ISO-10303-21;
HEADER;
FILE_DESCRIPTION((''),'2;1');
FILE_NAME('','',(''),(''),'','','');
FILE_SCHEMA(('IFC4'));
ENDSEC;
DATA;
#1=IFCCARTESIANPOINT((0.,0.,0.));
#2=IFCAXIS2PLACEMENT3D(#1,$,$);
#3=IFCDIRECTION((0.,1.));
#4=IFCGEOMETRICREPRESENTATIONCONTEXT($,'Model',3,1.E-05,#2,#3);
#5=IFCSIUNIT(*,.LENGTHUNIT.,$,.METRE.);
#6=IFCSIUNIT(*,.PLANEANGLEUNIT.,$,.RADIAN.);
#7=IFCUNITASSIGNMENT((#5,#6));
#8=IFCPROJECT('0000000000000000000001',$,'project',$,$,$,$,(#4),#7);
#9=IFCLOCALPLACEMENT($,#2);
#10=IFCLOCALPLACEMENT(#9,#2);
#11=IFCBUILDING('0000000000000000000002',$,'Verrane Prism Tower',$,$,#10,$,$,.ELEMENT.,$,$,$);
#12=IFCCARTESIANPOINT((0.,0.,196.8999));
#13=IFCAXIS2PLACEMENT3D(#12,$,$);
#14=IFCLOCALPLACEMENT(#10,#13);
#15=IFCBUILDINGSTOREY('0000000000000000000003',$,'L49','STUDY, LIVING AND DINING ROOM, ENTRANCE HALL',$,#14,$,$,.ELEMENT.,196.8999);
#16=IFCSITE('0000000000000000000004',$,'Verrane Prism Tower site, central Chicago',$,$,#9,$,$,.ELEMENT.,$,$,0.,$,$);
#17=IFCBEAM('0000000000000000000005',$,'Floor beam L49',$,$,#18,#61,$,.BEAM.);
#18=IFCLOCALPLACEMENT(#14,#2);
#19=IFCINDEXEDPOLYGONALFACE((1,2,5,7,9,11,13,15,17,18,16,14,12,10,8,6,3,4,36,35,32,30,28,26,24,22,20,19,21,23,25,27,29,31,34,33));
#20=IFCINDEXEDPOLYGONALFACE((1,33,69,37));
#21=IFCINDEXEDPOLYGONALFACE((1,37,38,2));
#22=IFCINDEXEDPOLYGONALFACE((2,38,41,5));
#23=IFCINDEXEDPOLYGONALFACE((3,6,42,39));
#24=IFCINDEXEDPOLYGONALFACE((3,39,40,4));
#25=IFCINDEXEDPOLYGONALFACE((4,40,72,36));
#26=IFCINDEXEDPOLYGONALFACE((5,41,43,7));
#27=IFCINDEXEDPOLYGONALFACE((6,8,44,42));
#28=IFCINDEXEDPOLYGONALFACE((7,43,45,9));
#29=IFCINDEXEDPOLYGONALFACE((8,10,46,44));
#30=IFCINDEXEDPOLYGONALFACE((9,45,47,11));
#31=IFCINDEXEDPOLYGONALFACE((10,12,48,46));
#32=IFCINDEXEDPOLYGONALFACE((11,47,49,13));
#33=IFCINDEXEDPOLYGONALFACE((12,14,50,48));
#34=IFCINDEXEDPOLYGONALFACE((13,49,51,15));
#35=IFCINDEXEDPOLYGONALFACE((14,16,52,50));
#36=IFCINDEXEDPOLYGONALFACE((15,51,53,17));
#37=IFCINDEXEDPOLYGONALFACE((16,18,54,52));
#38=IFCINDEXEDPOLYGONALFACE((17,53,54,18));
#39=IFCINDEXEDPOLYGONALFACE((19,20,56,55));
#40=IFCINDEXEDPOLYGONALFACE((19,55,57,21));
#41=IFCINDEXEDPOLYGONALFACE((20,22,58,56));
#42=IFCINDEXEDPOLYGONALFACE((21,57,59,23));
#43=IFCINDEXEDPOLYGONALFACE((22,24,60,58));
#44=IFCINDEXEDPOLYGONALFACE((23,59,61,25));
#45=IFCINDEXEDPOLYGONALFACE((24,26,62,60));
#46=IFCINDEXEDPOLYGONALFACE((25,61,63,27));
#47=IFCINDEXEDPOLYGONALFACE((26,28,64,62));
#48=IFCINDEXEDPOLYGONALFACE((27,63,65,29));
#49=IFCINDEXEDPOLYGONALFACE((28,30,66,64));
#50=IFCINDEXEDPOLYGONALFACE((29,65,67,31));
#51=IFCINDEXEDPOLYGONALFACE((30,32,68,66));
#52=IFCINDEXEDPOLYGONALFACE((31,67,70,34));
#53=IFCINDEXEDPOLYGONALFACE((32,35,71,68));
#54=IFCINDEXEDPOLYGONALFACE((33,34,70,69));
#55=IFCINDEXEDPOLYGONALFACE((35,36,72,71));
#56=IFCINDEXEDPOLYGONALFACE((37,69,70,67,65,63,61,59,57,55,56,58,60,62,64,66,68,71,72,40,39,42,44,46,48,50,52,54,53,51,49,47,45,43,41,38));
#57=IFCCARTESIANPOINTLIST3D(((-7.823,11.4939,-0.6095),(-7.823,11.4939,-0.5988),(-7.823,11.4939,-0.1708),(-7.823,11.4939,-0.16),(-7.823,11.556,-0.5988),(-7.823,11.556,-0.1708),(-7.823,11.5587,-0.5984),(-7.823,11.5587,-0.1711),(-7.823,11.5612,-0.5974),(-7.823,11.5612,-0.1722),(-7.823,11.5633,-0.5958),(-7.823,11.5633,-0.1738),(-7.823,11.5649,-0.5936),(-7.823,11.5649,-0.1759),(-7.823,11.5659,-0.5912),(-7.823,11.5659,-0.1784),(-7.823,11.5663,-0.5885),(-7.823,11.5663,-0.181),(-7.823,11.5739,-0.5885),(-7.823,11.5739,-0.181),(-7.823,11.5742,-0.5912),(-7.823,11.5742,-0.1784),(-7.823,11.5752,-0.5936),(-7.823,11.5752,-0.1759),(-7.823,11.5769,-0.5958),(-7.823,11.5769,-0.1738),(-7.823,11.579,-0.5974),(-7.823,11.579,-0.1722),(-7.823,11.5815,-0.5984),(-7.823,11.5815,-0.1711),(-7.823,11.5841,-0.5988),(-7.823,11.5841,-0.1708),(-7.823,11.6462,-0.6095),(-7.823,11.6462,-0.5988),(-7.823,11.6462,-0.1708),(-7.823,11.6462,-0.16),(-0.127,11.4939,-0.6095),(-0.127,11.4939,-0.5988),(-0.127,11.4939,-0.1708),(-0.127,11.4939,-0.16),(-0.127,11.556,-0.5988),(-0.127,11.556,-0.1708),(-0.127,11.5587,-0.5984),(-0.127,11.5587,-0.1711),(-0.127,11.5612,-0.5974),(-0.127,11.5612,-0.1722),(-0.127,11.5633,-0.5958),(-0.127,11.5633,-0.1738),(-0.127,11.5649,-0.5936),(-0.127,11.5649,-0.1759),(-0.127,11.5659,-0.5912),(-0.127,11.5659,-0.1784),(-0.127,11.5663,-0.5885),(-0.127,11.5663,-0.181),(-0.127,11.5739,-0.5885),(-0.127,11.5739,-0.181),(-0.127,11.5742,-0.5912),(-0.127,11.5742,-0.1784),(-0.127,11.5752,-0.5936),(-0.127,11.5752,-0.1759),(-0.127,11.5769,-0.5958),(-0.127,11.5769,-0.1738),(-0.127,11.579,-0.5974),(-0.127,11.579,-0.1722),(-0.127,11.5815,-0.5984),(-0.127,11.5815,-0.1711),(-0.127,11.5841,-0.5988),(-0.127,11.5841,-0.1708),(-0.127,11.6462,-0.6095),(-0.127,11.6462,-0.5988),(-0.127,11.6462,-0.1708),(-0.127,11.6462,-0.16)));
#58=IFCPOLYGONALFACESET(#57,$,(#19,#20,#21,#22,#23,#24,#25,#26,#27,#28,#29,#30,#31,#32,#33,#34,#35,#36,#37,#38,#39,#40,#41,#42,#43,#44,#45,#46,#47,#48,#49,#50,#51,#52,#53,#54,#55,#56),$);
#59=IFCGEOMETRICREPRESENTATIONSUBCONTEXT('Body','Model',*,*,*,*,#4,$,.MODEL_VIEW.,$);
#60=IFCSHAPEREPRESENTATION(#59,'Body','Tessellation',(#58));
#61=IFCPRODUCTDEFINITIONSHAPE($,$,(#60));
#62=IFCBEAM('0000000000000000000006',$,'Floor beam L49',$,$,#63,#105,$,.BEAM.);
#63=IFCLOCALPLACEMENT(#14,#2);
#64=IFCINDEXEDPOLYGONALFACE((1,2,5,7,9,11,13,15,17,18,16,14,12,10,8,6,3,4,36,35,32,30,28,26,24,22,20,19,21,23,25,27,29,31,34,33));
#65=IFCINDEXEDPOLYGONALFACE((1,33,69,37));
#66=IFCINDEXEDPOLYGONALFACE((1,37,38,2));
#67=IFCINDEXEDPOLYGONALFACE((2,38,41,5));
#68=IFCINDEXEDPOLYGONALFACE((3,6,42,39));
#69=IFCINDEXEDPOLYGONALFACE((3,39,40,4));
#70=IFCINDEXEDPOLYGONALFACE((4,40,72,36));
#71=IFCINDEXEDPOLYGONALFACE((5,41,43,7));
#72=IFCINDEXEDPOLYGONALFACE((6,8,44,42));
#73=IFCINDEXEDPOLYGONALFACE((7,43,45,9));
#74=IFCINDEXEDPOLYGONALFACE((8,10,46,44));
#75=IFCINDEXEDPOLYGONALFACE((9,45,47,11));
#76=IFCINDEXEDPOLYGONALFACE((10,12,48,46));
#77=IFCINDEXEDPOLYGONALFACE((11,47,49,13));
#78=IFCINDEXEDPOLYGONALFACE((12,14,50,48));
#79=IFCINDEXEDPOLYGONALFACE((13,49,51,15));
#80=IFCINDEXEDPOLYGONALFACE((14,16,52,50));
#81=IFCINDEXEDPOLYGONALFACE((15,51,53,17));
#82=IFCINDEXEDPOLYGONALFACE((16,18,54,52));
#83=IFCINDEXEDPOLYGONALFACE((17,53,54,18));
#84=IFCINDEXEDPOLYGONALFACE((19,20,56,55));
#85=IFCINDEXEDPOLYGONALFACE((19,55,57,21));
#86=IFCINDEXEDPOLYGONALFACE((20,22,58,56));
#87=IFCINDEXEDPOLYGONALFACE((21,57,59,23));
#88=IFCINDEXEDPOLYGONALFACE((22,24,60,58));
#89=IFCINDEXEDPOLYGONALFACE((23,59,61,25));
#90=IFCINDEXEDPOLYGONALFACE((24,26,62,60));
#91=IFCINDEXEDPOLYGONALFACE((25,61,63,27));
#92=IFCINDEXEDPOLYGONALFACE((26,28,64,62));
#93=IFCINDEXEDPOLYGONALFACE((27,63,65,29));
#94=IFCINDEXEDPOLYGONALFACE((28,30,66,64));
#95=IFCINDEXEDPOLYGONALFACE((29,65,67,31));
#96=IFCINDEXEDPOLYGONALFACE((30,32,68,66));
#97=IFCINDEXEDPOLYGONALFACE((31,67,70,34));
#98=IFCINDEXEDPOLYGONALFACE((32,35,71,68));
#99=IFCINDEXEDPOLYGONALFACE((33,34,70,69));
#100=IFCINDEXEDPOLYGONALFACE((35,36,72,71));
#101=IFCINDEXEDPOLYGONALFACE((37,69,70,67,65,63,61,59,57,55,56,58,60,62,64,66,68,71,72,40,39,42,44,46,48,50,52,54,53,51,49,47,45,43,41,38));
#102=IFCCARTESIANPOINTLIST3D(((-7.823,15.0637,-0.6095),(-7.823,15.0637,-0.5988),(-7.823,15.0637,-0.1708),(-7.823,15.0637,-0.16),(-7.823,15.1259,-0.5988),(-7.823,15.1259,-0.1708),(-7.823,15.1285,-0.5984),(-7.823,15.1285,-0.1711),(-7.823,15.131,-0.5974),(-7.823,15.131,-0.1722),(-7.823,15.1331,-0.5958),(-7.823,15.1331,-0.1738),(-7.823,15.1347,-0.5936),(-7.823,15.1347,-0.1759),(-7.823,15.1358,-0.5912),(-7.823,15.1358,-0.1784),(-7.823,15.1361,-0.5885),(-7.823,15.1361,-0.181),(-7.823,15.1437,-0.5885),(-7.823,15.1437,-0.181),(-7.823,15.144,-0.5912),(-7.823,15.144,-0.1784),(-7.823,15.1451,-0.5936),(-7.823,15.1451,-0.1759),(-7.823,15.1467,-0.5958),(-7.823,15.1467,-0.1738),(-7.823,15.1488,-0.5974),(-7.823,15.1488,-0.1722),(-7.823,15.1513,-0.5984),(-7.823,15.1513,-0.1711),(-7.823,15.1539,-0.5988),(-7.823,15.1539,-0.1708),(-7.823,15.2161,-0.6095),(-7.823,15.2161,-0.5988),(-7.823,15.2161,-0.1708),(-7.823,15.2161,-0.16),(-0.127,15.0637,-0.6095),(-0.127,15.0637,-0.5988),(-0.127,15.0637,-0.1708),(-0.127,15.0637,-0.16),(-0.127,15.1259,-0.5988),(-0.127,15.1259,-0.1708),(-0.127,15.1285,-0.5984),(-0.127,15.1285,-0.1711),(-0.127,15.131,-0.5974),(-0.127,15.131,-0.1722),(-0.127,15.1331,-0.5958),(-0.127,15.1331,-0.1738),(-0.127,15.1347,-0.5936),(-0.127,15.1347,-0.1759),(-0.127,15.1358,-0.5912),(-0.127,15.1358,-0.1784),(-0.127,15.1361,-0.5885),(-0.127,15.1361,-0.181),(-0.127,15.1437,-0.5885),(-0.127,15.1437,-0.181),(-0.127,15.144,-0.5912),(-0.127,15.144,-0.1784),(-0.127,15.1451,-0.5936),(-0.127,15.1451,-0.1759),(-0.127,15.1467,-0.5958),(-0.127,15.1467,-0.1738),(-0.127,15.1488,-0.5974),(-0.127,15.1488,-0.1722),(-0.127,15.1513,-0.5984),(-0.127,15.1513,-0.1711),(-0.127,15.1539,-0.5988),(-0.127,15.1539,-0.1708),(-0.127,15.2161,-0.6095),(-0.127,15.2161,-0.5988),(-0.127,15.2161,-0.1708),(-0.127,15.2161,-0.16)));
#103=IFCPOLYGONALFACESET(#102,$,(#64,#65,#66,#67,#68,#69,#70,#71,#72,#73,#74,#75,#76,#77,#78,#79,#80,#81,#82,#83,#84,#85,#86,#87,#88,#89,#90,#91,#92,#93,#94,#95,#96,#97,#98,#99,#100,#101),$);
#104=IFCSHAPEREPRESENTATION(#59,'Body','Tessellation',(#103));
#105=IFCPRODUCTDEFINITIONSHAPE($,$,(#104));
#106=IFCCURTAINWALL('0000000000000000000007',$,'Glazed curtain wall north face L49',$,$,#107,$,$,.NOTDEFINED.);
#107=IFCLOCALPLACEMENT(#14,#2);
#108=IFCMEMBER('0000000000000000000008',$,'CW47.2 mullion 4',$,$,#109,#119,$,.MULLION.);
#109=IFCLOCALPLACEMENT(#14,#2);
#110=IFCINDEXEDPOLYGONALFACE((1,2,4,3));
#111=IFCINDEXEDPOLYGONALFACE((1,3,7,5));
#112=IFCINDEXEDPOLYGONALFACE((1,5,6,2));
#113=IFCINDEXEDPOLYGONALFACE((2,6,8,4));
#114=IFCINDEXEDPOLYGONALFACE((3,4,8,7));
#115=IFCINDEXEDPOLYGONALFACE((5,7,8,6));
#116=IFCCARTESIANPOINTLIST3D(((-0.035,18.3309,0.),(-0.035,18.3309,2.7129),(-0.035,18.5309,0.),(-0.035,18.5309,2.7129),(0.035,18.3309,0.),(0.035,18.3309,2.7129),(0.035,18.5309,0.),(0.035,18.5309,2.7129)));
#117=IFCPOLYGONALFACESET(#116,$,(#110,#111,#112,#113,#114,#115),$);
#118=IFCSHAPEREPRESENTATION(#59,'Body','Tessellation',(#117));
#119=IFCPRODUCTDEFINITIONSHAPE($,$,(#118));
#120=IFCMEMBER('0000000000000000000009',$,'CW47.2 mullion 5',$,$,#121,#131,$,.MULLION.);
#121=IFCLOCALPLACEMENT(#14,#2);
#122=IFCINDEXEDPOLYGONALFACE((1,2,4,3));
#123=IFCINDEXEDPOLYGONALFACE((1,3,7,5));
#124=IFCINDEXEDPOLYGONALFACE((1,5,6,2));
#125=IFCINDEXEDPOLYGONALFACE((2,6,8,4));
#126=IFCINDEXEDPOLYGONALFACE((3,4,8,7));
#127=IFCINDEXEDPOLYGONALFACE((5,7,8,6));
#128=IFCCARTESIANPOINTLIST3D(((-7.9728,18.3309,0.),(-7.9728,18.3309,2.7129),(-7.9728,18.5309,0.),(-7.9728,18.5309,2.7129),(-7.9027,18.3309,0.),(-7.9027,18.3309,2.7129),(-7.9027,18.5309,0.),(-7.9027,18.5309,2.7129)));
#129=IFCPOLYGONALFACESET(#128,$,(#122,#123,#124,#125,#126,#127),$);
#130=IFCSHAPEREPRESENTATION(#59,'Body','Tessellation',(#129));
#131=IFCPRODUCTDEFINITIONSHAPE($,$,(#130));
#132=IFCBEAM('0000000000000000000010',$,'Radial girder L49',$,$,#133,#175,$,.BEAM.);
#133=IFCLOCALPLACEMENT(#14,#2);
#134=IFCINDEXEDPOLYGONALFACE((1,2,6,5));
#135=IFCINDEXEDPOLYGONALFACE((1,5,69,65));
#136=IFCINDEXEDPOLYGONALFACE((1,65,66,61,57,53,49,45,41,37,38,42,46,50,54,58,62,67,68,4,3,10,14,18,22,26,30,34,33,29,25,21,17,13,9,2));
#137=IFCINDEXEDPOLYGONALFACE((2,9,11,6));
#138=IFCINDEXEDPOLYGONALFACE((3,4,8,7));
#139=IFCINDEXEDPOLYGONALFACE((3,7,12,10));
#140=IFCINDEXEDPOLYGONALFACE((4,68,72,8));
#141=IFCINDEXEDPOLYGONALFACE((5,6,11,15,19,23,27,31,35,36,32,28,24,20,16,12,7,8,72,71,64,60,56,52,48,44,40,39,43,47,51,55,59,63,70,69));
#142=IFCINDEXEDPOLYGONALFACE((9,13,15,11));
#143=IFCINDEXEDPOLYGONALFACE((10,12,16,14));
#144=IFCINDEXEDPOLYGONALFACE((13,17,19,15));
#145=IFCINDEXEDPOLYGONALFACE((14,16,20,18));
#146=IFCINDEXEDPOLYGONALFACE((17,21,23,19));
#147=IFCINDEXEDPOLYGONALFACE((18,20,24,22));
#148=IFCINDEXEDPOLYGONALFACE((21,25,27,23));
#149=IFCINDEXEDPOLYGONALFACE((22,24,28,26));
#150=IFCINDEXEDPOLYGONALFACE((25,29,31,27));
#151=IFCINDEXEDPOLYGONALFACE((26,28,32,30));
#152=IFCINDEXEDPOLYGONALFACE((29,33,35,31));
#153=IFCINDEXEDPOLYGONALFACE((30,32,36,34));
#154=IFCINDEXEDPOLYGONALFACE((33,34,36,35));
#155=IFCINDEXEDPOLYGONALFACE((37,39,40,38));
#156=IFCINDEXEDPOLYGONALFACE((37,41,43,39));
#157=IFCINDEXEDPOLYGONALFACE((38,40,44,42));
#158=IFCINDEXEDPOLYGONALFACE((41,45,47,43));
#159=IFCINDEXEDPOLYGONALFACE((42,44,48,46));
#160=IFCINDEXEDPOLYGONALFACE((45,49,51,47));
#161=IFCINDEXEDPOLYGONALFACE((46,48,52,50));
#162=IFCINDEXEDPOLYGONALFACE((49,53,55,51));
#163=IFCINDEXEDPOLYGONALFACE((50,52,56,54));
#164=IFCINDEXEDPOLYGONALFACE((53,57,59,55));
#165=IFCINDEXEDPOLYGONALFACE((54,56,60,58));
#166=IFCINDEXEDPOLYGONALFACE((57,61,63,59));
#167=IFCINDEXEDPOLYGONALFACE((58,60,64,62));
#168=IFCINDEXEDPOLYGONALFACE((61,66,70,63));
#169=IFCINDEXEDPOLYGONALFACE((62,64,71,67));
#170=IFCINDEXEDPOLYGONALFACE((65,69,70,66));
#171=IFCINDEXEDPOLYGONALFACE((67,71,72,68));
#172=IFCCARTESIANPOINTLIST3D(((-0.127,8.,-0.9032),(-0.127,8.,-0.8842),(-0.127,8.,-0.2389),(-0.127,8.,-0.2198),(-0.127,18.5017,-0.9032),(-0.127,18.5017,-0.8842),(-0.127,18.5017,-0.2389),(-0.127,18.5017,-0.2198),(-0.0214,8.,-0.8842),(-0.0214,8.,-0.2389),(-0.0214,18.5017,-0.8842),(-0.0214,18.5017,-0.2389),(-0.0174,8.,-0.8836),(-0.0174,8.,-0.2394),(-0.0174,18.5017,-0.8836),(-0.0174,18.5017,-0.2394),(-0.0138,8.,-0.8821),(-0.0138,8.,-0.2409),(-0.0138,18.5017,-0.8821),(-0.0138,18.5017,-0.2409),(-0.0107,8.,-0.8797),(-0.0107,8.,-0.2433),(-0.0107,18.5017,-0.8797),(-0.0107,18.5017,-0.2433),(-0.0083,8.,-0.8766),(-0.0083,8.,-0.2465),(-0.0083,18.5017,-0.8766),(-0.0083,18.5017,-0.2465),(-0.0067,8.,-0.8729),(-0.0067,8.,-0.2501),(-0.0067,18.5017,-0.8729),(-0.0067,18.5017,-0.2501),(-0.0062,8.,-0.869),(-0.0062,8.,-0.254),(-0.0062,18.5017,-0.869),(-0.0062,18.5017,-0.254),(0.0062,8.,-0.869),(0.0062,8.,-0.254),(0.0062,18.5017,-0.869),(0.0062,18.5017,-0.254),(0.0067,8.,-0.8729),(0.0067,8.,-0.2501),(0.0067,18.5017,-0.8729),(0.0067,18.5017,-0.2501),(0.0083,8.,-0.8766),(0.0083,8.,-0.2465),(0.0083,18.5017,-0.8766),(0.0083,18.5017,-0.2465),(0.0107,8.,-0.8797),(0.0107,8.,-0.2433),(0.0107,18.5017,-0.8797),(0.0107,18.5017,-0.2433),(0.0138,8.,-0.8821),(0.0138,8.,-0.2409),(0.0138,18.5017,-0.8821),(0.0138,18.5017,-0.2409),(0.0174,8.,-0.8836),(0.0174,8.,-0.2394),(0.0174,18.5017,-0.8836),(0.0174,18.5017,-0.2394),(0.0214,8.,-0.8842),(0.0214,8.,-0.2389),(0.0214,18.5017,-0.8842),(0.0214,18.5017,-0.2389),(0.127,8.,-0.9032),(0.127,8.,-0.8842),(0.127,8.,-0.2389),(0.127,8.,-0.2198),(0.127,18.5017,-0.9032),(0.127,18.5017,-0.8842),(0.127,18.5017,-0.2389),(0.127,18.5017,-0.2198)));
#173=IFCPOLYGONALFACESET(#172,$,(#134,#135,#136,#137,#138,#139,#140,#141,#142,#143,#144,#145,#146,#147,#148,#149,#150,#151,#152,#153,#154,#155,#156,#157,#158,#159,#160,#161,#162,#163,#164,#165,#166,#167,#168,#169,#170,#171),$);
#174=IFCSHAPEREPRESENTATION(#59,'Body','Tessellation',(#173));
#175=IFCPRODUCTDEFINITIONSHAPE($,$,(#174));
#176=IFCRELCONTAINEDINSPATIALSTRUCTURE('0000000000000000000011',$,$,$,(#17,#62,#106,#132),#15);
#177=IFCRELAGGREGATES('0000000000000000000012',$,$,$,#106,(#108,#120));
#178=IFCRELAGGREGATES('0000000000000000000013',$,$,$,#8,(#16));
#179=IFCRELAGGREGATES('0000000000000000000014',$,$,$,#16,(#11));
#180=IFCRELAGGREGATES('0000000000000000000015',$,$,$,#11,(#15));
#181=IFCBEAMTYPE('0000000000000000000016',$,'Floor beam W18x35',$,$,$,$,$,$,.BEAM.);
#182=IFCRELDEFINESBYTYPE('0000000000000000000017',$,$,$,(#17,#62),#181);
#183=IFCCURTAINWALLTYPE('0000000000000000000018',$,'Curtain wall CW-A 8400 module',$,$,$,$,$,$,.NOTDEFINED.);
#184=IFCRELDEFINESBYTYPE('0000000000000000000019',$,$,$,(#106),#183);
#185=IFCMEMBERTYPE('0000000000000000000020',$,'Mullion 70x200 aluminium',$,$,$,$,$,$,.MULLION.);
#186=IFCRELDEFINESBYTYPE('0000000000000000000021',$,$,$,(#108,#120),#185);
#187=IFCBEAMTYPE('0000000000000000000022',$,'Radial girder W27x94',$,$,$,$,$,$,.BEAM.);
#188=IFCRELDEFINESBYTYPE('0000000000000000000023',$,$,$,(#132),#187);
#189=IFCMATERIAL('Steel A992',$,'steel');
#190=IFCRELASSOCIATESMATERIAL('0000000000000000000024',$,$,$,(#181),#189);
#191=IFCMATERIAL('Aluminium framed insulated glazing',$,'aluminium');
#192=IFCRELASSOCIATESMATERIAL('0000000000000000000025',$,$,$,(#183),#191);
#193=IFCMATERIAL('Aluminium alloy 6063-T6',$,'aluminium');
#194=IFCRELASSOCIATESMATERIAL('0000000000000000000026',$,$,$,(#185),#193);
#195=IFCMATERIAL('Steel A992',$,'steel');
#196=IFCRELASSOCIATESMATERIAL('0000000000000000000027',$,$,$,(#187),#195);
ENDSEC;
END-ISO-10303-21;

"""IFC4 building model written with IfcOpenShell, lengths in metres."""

from ifc_helpers import new_model, si_unit, direction, frame, origin, origin_2d, place, context, subcontext, project, spatial, rectangle, i_section, extrude, material, material_profile, profile_set, type_object, element, aggregate, save


model = new_model("IFC4")

# Units and contexts
model_context = context("Model", 3, precision=1e-05, world=origin(), true_north=direction((0.0, 1.0)))
body_context = subcontext(model_context, "Body", "Model", "MODEL_VIEW")
ifc_project = project(units=[si_unit("LENGTHUNIT", "METRE"), si_unit("PLANEANGLEUNIT", "RADIAN")], contexts=[model_context])

# Site, building, storey
site_placement = place(None, origin())
site = spatial("IfcSite", under=ifc_project, at=site_placement, Name="Verrane Prism Tower site, central Chicago", CompositionType="ELEMENT", RefElevation=0.0)
building_placement = place(site_placement, origin())
building = spatial("IfcBuilding", under=site, at=building_placement, Name="Verrane Prism Tower", CompositionType="ELEMENT")
storey_placement = place(building_placement, frame((0.0, 0.0, 196.8999)))
storey = spatial("IfcBuildingStorey", under=building, at=storey_placement, Name="L49", Description="STUDY, LIVING AND DINING ROOM, ENTRANCE HALL", CompositionType="ELEMENT", Elevation=196.8999)

# Beams
ifc_material_1 = material(Name="Steel A992", Category="steel")
ifc_material_profile_1 = material_profile(ifc_material_1, i_section(OverallWidth=0.1523, OverallDepth=0.4495, WebThickness=0.0076, FlangeThickness=0.0107, FilletRadius=0.0103, at=origin_2d()), Name="W18x35")
ifc_profile_set_1 = profile_set([ifc_material_profile_1], Name="Steel A992")
beam_type_1 = type_object("IfcBeamType", Name="Floor beam W18x35", PredefinedType="BEAM", material=ifc_profile_set_1)
for number, where, z_axis, x_axis, name in (
    (1, (-7.823, 11.5701, -0.3848), (1.0, 0.0, 0.0), (0.0, 1.0, 0.0), "Floor beam L49"),
    (2, (-7.823, 15.1399, -0.3848), (1.0, 0.0, 0.0), (0.0, 1.0, 0.0), "Floor beam L49"),
):
    element("IfcBeam", number, at=place(storey_placement, frame(where, z_axis=z_axis, x_axis=x_axis)), inside=storey, type_object=beam_type_1, Name=name, PredefinedType="BEAM", context=body_context, shape_type="SweptSolid", body=[
        extrude(i_section(OverallWidth=0.1523, OverallDepth=0.4495, WebThickness=0.0076, FlangeThickness=0.0107, FilletRadius=0.0103, at=origin_2d()), origin(), (0.0, 0.0, 1.0), 7.696),
    ])

# Curtain wall, members
ifc_material_2 = material(Name="Aluminium framed insulated glazing", Category="aluminium")
curtain_wall_type = type_object("IfcCurtainWallType", Name="Curtain wall CW-A 8400 module", PredefinedType="NOTDEFINED", material=ifc_material_2)
curtain_wall_placement = place(storey_placement, origin())
curtain_wall = element("IfcCurtainWall", 3, at=curtain_wall_placement, inside=storey, type_object=curtain_wall_type, Name="Glazed curtain wall north face L49", PredefinedType="NOTDEFINED")
ifc_material_3 = material(Name="Aluminium alloy 6063-T6", Category="aluminium")
ifc_material_profile_2 = material_profile(ifc_material_3, rectangle(XDim=0.2, YDim=0.0701, at=origin_2d()), Name="Mullion 70x200 aluminium")
ifc_profile_set_2 = profile_set([ifc_material_profile_2], Name="Aluminium alloy 6063-T6")
member_type_1 = type_object("IfcMemberType", Name="Mullion 70x200 aluminium", PredefinedType="MULLION", material=ifc_profile_set_2)
member_1_placement = place(storey_placement, frame((0.0, 18.4309, 0.0), z_axis=(0.0, 0.0, 1.0), x_axis=(0.0, -1.0, 0.0)))
member_1 = element("IfcMember", 4, at=member_1_placement, type_object=member_type_1, Name="CW47.2 mullion 4", PredefinedType="MULLION", context=body_context, shape_type="SweptSolid", body=[
    extrude(rectangle(XDim=0.2, YDim=0.0701, at=origin_2d()), origin(), (0.0, 0.0, 1.0), 2.7129),
])
member_2_placement = place(storey_placement, frame((-7.9377, 18.4309, 0.0), z_axis=(0.0, 0.0, 1.0), x_axis=(0.0, -1.0, 0.0)))
member_2 = element("IfcMember", 5, at=member_2_placement, type_object=member_type_1, Name="CW47.2 mullion 5", PredefinedType="MULLION", context=body_context, shape_type="SweptSolid", body=[
    extrude(rectangle(XDim=0.2, YDim=0.0701, at=origin_2d()), origin(), (0.0, 0.0, 1.0), 2.7129),
])

# Beam
ifc_material_4 = material(Name="Steel A992", Category="steel")
ifc_material_profile_3 = material_profile(ifc_material_4, i_section(OverallWidth=0.2539, OverallDepth=0.6833, WebThickness=0.0125, FlangeThickness=0.019, FilletRadius=0.0151, at=origin_2d()), Name="W27x94")
ifc_profile_set_3 = profile_set([ifc_material_profile_3], Name="Steel A992")
beam_type_2 = type_object("IfcBeamType", Name="Radial girder W27x94", PredefinedType="BEAM", material=ifc_profile_set_3)
for number, where, z_axis, x_axis, name in (
    (6, (0.0, 18.5017, -0.5615), (0.0, -1.0, 0.0), (1.0, 0.0, 0.0), "Radial girder L49"),
):
    element("IfcBeam", number, at=place(storey_placement, frame(where, z_axis=z_axis, x_axis=x_axis)), inside=storey, type_object=beam_type_2, Name=name, PredefinedType="BEAM", context=body_context, shape_type="SweptSolid", body=[
        extrude(i_section(OverallWidth=0.2539, OverallDepth=0.6833, WebThickness=0.0125, FlangeThickness=0.019, FilletRadius=0.0151, at=origin_2d()), origin(), (0.0, 0.0, 1.0), 10.5017),
    ])

aggregate(curtain_wall, [member_1, member_2])

save(model, "model.ifc")
